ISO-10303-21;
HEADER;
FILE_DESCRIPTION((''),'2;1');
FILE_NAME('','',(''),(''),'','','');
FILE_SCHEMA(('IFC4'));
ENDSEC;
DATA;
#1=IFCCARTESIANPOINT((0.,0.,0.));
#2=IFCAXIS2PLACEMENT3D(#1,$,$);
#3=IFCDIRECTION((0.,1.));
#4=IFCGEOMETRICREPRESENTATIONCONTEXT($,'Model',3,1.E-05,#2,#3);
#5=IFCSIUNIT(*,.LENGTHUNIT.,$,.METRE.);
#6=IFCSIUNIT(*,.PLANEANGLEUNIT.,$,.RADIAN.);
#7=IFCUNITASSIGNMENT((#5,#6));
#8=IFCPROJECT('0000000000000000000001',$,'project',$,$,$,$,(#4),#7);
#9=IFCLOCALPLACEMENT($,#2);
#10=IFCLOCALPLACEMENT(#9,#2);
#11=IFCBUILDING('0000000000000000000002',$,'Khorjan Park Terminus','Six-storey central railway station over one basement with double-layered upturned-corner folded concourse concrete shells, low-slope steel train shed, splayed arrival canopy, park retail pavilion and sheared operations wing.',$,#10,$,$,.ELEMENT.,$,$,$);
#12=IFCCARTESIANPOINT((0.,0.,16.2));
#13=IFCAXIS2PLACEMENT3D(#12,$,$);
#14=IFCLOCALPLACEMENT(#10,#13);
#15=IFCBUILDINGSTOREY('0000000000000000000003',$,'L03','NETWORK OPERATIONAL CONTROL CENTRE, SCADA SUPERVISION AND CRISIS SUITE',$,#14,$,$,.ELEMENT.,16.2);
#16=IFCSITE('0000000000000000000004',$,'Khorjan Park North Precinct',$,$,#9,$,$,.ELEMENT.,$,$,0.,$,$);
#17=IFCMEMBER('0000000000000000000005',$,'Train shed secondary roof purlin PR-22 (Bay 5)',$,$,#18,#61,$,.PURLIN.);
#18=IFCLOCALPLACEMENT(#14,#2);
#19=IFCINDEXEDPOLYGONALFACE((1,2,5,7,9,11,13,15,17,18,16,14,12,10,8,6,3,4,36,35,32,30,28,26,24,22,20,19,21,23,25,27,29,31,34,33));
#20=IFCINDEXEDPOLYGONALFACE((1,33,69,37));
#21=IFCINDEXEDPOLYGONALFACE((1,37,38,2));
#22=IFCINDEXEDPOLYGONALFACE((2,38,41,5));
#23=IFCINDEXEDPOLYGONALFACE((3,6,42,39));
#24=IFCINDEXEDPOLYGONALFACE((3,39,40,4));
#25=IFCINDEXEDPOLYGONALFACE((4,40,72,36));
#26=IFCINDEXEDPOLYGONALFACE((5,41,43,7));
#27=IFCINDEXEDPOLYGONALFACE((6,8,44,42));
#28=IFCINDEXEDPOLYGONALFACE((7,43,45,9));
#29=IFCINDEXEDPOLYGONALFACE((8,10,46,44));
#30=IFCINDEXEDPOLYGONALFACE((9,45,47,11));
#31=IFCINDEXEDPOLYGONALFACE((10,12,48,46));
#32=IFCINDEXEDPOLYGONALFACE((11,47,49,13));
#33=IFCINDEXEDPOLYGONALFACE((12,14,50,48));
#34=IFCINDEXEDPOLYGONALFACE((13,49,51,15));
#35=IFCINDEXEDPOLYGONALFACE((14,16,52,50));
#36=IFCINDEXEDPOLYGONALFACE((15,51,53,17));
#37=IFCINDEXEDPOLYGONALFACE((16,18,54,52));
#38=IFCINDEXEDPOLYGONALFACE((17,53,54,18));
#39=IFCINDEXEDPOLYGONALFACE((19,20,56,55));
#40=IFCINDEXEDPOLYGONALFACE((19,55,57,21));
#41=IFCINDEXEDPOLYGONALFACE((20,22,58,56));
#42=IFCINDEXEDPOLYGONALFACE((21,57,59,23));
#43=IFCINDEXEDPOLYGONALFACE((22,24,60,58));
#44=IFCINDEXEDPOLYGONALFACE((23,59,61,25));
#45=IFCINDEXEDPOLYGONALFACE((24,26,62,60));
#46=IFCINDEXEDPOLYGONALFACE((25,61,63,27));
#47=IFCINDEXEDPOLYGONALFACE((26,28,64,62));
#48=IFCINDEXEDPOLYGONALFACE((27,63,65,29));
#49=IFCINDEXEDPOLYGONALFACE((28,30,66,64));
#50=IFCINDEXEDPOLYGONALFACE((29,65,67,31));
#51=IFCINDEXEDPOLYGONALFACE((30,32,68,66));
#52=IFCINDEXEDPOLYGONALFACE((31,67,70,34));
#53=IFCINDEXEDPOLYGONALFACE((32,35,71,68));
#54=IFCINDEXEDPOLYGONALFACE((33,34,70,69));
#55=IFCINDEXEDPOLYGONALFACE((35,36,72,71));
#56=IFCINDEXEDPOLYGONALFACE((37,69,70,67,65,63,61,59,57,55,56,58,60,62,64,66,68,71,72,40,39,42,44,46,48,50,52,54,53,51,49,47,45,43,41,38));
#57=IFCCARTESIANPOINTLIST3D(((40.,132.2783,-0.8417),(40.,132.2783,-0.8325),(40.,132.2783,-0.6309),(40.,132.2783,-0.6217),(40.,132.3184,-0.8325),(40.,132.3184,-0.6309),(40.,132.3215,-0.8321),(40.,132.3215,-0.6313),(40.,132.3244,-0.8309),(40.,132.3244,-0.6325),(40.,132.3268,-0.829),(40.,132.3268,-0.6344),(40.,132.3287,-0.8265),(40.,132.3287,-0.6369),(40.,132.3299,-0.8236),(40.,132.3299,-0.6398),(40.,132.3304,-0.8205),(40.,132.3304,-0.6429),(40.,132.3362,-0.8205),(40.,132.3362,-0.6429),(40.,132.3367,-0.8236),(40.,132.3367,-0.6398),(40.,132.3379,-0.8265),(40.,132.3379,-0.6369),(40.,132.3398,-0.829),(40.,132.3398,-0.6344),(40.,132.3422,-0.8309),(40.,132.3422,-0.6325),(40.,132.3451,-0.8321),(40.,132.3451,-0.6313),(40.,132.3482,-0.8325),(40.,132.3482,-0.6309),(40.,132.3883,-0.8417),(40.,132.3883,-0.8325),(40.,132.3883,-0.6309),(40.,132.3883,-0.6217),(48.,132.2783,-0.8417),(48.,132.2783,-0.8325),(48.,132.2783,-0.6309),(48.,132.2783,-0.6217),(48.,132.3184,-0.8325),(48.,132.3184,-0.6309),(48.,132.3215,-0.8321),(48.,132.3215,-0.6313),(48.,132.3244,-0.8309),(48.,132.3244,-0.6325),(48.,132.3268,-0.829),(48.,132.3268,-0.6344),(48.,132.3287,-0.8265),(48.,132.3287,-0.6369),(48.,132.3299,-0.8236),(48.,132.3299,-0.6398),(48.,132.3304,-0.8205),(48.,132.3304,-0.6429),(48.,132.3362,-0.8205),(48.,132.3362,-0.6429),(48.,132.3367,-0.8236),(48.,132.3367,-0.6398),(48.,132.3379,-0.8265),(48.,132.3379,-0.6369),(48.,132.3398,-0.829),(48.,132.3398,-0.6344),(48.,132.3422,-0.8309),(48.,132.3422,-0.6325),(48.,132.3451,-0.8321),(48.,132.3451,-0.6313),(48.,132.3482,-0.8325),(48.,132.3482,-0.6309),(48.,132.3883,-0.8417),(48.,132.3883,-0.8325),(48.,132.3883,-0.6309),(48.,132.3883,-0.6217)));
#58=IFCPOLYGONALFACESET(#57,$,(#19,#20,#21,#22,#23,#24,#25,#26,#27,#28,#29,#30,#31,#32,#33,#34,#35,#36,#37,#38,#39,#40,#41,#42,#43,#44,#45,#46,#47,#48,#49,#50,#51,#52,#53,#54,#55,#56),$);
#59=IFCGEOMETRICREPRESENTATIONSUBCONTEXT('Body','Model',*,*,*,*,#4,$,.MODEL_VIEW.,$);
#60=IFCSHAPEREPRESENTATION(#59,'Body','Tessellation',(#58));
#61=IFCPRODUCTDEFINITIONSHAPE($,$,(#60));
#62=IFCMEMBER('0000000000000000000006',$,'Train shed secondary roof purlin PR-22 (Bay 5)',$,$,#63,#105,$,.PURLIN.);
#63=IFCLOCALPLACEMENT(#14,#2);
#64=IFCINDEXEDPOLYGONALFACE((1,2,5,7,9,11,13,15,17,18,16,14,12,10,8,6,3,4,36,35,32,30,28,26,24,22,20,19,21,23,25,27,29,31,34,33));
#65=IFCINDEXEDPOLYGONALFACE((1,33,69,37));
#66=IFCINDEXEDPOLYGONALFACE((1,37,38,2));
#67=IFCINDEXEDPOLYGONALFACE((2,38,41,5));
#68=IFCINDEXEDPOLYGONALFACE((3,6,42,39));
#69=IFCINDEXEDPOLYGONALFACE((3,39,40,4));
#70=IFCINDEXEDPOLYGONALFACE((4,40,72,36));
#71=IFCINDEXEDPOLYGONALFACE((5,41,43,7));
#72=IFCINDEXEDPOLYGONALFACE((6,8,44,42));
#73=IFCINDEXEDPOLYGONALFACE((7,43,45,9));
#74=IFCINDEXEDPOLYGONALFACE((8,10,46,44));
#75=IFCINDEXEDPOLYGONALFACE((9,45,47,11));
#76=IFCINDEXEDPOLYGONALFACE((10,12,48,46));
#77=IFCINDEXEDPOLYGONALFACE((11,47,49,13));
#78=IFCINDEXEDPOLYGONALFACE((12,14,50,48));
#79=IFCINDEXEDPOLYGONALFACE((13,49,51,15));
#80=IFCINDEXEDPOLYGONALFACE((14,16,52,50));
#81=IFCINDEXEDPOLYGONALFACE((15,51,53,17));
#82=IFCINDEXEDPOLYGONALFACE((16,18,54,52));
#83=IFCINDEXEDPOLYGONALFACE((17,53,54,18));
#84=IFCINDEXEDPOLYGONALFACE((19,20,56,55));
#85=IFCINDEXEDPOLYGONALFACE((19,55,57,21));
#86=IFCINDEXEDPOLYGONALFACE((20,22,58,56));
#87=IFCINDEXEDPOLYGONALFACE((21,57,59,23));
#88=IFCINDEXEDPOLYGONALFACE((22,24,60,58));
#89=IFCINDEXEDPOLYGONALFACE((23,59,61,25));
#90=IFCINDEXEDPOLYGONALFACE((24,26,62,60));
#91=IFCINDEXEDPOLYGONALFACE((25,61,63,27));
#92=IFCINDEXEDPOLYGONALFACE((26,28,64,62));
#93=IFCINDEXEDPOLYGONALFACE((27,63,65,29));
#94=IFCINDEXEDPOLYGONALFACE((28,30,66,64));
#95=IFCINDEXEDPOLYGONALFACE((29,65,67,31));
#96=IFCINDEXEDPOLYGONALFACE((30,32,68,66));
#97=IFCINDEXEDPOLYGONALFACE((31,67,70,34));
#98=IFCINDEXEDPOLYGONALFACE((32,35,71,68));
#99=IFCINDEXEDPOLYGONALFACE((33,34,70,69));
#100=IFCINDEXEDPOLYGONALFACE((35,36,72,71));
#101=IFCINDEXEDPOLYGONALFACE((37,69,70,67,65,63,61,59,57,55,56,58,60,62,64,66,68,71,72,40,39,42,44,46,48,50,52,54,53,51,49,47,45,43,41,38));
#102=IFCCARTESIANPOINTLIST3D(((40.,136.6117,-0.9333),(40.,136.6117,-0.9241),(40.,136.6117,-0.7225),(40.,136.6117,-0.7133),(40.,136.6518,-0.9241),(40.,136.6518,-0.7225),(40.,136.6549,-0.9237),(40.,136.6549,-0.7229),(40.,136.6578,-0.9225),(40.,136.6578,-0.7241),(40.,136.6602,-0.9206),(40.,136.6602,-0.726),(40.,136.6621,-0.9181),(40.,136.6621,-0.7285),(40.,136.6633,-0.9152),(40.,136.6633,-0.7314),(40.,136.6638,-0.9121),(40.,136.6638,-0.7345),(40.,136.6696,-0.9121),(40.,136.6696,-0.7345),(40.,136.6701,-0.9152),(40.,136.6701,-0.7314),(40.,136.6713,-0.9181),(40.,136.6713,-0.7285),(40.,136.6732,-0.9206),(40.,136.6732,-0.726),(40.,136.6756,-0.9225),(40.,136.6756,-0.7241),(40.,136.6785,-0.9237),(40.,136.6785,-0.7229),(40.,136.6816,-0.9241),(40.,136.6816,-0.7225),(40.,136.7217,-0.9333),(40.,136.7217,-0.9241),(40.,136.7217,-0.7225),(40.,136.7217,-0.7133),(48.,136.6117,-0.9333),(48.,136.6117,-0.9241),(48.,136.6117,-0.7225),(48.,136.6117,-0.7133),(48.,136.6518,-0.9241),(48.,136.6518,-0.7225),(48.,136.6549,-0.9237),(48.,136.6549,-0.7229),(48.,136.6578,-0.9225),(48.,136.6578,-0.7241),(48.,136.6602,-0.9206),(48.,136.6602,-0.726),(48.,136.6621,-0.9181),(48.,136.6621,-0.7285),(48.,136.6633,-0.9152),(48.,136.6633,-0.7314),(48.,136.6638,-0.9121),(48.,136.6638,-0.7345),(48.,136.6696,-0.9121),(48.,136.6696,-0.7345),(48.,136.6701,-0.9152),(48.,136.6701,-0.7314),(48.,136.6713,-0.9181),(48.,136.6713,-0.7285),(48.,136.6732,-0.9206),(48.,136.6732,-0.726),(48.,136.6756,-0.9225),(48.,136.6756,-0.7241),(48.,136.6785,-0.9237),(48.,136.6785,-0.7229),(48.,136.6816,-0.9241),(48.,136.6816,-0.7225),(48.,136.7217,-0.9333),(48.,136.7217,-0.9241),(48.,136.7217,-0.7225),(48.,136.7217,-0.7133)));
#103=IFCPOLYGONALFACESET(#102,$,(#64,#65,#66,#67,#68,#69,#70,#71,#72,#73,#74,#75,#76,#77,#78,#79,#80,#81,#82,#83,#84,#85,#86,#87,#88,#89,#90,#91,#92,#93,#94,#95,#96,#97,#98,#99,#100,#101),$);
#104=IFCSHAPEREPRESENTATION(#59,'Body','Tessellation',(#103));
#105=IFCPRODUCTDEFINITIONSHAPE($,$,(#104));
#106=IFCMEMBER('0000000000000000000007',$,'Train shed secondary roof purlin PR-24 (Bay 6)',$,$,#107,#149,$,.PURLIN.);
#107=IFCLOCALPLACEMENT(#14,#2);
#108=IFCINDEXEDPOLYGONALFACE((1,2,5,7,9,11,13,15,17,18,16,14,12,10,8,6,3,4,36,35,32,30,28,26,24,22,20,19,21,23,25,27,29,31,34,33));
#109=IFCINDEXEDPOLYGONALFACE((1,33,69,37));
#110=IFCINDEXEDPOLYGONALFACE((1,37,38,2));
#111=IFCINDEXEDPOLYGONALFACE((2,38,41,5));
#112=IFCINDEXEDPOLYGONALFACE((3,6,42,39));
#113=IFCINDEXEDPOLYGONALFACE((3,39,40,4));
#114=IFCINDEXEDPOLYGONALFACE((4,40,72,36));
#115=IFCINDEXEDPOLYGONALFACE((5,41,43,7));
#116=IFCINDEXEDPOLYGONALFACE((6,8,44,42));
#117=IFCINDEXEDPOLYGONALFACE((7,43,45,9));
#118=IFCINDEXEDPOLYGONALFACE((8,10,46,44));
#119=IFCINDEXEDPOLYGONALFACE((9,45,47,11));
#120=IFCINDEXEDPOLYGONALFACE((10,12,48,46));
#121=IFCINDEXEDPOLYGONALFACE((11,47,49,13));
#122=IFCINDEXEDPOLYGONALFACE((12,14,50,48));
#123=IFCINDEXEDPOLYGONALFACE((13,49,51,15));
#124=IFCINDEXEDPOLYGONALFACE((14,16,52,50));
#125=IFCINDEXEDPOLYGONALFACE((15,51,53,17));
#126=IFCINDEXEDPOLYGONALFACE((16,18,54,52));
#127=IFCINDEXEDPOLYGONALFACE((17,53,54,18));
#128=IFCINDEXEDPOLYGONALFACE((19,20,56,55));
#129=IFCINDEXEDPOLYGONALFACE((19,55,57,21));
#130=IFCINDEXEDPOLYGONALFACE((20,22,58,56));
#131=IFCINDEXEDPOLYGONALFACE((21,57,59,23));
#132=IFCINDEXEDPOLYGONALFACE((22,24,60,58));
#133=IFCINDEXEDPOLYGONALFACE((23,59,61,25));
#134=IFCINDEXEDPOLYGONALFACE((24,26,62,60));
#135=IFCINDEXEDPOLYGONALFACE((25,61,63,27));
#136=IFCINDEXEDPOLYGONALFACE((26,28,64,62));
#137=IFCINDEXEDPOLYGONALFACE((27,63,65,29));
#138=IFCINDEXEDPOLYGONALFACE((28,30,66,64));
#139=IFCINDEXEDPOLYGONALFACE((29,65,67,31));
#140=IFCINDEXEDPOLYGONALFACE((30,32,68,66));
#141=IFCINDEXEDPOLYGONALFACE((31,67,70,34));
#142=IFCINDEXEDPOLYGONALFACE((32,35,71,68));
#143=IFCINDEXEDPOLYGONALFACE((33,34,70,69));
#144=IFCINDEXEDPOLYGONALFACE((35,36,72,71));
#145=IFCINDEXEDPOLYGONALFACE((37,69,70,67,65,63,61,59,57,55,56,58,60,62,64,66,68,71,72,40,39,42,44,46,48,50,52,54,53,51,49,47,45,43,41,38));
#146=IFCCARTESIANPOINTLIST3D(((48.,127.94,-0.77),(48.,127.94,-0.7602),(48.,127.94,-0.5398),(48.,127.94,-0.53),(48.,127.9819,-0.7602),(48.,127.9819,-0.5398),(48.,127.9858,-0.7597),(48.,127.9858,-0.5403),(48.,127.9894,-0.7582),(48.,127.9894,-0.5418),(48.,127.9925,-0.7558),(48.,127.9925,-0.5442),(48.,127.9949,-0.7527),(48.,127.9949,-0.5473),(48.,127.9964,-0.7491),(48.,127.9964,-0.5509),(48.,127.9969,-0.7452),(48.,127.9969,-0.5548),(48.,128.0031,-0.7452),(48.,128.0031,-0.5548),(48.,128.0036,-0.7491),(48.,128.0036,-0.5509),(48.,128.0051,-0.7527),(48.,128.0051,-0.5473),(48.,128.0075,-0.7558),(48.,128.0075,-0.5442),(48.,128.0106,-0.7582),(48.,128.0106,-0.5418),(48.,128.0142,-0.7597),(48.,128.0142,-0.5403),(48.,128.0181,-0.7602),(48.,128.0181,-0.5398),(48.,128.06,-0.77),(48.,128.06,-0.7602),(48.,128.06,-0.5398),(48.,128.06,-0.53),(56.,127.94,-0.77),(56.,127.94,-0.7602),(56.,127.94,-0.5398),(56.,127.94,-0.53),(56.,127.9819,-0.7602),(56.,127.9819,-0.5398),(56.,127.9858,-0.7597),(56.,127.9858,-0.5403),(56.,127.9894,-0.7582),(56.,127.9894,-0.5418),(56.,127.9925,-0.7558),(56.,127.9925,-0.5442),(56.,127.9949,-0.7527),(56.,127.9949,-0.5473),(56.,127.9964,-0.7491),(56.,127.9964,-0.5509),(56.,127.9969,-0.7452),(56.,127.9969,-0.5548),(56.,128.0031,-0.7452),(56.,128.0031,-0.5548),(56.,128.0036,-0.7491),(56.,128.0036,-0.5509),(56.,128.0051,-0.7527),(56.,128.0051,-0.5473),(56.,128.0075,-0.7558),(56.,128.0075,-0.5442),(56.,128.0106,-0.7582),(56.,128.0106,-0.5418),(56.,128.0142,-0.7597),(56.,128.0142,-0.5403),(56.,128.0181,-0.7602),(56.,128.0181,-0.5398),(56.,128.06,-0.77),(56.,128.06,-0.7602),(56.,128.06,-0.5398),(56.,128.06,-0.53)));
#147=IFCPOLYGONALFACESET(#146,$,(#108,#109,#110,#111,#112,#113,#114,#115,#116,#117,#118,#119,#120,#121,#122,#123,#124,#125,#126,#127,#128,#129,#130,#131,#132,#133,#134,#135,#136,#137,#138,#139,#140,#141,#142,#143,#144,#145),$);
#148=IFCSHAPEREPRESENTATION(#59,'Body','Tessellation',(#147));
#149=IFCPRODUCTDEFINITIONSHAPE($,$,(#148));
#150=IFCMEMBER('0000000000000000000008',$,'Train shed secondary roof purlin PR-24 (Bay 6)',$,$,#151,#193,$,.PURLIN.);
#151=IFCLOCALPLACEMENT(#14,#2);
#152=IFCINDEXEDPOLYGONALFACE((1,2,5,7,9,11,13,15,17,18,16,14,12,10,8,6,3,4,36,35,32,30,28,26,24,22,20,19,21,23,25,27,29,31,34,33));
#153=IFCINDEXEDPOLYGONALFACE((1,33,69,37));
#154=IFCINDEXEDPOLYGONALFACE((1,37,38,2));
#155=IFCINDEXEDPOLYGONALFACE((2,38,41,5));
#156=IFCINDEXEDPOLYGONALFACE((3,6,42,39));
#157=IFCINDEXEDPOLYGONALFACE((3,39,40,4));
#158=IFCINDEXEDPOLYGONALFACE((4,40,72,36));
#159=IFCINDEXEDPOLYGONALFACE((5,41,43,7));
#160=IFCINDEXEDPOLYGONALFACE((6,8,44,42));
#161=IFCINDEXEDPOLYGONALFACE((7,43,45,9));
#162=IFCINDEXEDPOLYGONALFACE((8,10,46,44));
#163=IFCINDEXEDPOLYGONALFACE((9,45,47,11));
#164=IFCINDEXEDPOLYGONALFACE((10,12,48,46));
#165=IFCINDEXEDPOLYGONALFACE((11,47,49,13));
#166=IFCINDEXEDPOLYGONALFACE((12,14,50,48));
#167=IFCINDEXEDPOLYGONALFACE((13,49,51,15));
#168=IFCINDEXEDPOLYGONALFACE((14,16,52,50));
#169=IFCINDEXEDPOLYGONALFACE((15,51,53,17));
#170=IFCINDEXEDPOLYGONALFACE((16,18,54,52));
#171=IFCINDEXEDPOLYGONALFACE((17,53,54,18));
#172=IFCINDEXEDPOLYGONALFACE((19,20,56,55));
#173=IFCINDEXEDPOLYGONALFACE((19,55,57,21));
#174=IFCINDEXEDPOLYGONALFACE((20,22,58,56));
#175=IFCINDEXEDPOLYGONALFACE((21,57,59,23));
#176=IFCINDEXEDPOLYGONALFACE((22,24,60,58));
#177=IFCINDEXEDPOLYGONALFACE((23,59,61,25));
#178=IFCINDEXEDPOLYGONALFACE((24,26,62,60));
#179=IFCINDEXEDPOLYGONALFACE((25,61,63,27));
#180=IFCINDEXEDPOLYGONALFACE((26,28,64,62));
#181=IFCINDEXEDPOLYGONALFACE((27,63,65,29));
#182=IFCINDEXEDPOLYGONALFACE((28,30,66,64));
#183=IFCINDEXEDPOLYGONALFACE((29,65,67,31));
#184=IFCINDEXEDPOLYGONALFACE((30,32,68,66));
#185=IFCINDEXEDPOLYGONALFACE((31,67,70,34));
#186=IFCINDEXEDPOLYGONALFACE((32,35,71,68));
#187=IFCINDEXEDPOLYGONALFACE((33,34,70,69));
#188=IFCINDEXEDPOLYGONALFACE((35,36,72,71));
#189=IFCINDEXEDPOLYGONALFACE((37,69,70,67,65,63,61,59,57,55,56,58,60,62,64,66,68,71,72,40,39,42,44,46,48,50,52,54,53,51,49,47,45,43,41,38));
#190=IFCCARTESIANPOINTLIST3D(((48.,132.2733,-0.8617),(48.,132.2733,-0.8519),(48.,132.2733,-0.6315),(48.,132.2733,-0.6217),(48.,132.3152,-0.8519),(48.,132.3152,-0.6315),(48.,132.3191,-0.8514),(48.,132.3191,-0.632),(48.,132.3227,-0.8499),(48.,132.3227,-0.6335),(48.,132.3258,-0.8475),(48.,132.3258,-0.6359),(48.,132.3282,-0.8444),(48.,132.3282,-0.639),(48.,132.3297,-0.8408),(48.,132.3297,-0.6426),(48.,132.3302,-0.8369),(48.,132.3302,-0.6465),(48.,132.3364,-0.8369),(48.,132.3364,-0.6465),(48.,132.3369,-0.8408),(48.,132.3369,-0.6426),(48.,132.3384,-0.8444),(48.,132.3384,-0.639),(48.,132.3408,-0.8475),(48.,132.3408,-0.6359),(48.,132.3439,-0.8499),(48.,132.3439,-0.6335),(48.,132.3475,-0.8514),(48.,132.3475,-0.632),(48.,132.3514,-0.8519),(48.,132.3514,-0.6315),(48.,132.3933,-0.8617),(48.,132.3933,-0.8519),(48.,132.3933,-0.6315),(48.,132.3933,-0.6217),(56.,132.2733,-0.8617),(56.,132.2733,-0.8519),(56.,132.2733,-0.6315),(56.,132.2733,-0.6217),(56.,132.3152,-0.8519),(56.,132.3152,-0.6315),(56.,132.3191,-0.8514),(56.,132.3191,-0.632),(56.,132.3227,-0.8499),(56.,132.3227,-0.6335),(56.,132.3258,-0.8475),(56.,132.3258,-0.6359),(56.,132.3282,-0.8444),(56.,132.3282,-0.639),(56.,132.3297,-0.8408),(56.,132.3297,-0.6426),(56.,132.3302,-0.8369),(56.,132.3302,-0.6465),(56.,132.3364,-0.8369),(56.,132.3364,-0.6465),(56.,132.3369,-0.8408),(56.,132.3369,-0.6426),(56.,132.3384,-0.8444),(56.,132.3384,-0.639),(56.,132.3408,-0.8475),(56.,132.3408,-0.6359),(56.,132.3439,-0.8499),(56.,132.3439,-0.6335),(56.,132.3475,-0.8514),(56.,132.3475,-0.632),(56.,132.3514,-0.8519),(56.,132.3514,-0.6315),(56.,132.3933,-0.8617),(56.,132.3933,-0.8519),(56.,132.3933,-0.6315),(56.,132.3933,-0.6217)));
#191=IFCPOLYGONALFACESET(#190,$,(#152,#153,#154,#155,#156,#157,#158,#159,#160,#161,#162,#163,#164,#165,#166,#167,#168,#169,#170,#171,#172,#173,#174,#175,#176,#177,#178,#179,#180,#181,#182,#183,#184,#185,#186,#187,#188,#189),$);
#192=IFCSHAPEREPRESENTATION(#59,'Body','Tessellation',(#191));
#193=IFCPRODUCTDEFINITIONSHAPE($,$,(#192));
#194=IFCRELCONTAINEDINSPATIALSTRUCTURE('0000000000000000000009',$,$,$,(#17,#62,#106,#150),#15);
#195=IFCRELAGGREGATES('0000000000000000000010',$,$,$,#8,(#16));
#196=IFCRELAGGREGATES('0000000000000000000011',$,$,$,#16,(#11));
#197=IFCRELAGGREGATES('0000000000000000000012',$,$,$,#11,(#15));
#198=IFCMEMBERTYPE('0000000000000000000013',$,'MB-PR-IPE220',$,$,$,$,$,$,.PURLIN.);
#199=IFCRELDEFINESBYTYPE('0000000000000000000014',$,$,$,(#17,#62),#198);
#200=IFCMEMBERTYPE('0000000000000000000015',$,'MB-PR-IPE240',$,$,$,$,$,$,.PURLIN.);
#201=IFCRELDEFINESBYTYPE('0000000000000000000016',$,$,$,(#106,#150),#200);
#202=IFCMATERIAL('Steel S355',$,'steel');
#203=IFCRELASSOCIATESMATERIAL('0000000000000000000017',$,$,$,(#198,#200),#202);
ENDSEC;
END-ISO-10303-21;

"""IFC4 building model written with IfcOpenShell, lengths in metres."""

from ifc_helpers import new_model, si_unit, direction, frame, origin, origin_2d, place, context, subcontext, project, spatial, i_section, extrude, material, material_profile, profile_set, type_object, element, save


model = new_model("IFC4")

# Units and contexts
model_context = context("Model", 3, precision=1e-05, world=origin(), true_north=direction((0.0, 1.0)))
body_context = subcontext(model_context, "Body", "Model", "MODEL_VIEW")
ifc_project = project(units=[si_unit("LENGTHUNIT", "METRE"), si_unit("PLANEANGLEUNIT", "RADIAN")], contexts=[model_context])

# Site, building, storey
site_placement = place(None, origin())
site = spatial("IfcSite", under=ifc_project, at=site_placement, Name="Khorjan Park North Precinct", CompositionType="ELEMENT", RefElevation=0.0)
building_placement = place(site_placement, origin())
building = spatial("IfcBuilding", under=site, at=building_placement, Name="Khorjan Park Terminus", Description="Six-storey central railway station over one basement with double-layered upturned-corner folded concourse concrete shells, low-slope steel train shed, splayed arrival canopy, park retail pavilion and sheared operations wing.", CompositionType="ELEMENT")
storey_placement = place(building_placement, frame((0.0, 0.0, 16.2)))
storey = spatial("IfcBuildingStorey", under=building, at=storey_placement, Name="L03", Description="NETWORK OPERATIONAL CONTROL CENTRE, SCADA SUPERVISION AND CRISIS SUITE", CompositionType="ELEMENT", Elevation=16.2)

# Members
ifc_material = material(Name="Steel S355", Category="steel")
ifc_material_profile_1 = material_profile(ifc_material, i_section(OverallWidth=0.11, OverallDepth=0.22, WebThickness=0.0059, FlangeThickness=0.0092, FilletRadius=0.012, at=origin_2d()), Name="IPE 220")
ifc_profile_set_1 = profile_set([ifc_material_profile_1], Name="Steel S355")
member_type_1 = type_object("IfcMemberType", Name="MB-PR-IPE220", PredefinedType="PURLIN", material=ifc_profile_set_1)
for number, where, z_axis, x_axis, name in (
    (1, (40.0, 132.3333, -0.7317), (1.0, 0.0, 0.0), (0.0, 1.0, 0.0), "Train shed secondary roof purlin PR-22 (Bay 5)"),
    (2, (40.0, 136.6667, -0.8233), (1.0, 0.0, 0.0), (0.0, 1.0, 0.0), "Train shed secondary roof purlin PR-22 (Bay 5)"),
):
    element("IfcMember", number, at=place(storey_placement, frame(where, z_axis=z_axis, x_axis=x_axis)), inside=storey, type_object=member_type_1, Name=name, PredefinedType="PURLIN", context=body_context, shape_type="SweptSolid", body=[
        extrude(i_section(OverallWidth=0.11, OverallDepth=0.22, WebThickness=0.0059, FlangeThickness=0.0092, FilletRadius=0.012, at=origin_2d()), origin(), (0.0, 0.0, 1.0), 8.0),
    ])
ifc_material_profile_2 = material_profile(ifc_material, i_section(OverallWidth=0.12, OverallDepth=0.24, WebThickness=0.0062, FlangeThickness=0.0098, FilletRadius=0.015, at=origin_2d()), Name="IPE 240")
ifc_profile_set_2 = profile_set([ifc_material_profile_2], Name="Steel S355")
member_type_2 = type_object("IfcMemberType", Name="MB-PR-IPE240", PredefinedType="PURLIN", material=ifc_profile_set_2)
for number, where, z_axis, x_axis, name in (
    (3, (48.0, 128.0, -0.65), (1.0, 0.0, 0.0), (0.0, 1.0, 0.0), "Train shed secondary roof purlin PR-24 (Bay 6)"),
    (4, (48.0, 132.3333, -0.7417), (1.0, 0.0, 0.0), (0.0, 1.0, 0.0), "Train shed secondary roof purlin PR-24 (Bay 6)"),
):
    element("IfcMember", number, at=place(storey_placement, frame(where, z_axis=z_axis, x_axis=x_axis)), inside=storey, type_object=member_type_2, Name=name, PredefinedType="PURLIN", context=body_context, shape_type="SweptSolid", body=[
        extrude(i_section(OverallWidth=0.12, OverallDepth=0.24, WebThickness=0.0062, FlangeThickness=0.0098, FilletRadius=0.015, at=origin_2d()), origin(), (0.0, 0.0, 1.0), 8.0),
    ])

save(model, "model.ifc")
